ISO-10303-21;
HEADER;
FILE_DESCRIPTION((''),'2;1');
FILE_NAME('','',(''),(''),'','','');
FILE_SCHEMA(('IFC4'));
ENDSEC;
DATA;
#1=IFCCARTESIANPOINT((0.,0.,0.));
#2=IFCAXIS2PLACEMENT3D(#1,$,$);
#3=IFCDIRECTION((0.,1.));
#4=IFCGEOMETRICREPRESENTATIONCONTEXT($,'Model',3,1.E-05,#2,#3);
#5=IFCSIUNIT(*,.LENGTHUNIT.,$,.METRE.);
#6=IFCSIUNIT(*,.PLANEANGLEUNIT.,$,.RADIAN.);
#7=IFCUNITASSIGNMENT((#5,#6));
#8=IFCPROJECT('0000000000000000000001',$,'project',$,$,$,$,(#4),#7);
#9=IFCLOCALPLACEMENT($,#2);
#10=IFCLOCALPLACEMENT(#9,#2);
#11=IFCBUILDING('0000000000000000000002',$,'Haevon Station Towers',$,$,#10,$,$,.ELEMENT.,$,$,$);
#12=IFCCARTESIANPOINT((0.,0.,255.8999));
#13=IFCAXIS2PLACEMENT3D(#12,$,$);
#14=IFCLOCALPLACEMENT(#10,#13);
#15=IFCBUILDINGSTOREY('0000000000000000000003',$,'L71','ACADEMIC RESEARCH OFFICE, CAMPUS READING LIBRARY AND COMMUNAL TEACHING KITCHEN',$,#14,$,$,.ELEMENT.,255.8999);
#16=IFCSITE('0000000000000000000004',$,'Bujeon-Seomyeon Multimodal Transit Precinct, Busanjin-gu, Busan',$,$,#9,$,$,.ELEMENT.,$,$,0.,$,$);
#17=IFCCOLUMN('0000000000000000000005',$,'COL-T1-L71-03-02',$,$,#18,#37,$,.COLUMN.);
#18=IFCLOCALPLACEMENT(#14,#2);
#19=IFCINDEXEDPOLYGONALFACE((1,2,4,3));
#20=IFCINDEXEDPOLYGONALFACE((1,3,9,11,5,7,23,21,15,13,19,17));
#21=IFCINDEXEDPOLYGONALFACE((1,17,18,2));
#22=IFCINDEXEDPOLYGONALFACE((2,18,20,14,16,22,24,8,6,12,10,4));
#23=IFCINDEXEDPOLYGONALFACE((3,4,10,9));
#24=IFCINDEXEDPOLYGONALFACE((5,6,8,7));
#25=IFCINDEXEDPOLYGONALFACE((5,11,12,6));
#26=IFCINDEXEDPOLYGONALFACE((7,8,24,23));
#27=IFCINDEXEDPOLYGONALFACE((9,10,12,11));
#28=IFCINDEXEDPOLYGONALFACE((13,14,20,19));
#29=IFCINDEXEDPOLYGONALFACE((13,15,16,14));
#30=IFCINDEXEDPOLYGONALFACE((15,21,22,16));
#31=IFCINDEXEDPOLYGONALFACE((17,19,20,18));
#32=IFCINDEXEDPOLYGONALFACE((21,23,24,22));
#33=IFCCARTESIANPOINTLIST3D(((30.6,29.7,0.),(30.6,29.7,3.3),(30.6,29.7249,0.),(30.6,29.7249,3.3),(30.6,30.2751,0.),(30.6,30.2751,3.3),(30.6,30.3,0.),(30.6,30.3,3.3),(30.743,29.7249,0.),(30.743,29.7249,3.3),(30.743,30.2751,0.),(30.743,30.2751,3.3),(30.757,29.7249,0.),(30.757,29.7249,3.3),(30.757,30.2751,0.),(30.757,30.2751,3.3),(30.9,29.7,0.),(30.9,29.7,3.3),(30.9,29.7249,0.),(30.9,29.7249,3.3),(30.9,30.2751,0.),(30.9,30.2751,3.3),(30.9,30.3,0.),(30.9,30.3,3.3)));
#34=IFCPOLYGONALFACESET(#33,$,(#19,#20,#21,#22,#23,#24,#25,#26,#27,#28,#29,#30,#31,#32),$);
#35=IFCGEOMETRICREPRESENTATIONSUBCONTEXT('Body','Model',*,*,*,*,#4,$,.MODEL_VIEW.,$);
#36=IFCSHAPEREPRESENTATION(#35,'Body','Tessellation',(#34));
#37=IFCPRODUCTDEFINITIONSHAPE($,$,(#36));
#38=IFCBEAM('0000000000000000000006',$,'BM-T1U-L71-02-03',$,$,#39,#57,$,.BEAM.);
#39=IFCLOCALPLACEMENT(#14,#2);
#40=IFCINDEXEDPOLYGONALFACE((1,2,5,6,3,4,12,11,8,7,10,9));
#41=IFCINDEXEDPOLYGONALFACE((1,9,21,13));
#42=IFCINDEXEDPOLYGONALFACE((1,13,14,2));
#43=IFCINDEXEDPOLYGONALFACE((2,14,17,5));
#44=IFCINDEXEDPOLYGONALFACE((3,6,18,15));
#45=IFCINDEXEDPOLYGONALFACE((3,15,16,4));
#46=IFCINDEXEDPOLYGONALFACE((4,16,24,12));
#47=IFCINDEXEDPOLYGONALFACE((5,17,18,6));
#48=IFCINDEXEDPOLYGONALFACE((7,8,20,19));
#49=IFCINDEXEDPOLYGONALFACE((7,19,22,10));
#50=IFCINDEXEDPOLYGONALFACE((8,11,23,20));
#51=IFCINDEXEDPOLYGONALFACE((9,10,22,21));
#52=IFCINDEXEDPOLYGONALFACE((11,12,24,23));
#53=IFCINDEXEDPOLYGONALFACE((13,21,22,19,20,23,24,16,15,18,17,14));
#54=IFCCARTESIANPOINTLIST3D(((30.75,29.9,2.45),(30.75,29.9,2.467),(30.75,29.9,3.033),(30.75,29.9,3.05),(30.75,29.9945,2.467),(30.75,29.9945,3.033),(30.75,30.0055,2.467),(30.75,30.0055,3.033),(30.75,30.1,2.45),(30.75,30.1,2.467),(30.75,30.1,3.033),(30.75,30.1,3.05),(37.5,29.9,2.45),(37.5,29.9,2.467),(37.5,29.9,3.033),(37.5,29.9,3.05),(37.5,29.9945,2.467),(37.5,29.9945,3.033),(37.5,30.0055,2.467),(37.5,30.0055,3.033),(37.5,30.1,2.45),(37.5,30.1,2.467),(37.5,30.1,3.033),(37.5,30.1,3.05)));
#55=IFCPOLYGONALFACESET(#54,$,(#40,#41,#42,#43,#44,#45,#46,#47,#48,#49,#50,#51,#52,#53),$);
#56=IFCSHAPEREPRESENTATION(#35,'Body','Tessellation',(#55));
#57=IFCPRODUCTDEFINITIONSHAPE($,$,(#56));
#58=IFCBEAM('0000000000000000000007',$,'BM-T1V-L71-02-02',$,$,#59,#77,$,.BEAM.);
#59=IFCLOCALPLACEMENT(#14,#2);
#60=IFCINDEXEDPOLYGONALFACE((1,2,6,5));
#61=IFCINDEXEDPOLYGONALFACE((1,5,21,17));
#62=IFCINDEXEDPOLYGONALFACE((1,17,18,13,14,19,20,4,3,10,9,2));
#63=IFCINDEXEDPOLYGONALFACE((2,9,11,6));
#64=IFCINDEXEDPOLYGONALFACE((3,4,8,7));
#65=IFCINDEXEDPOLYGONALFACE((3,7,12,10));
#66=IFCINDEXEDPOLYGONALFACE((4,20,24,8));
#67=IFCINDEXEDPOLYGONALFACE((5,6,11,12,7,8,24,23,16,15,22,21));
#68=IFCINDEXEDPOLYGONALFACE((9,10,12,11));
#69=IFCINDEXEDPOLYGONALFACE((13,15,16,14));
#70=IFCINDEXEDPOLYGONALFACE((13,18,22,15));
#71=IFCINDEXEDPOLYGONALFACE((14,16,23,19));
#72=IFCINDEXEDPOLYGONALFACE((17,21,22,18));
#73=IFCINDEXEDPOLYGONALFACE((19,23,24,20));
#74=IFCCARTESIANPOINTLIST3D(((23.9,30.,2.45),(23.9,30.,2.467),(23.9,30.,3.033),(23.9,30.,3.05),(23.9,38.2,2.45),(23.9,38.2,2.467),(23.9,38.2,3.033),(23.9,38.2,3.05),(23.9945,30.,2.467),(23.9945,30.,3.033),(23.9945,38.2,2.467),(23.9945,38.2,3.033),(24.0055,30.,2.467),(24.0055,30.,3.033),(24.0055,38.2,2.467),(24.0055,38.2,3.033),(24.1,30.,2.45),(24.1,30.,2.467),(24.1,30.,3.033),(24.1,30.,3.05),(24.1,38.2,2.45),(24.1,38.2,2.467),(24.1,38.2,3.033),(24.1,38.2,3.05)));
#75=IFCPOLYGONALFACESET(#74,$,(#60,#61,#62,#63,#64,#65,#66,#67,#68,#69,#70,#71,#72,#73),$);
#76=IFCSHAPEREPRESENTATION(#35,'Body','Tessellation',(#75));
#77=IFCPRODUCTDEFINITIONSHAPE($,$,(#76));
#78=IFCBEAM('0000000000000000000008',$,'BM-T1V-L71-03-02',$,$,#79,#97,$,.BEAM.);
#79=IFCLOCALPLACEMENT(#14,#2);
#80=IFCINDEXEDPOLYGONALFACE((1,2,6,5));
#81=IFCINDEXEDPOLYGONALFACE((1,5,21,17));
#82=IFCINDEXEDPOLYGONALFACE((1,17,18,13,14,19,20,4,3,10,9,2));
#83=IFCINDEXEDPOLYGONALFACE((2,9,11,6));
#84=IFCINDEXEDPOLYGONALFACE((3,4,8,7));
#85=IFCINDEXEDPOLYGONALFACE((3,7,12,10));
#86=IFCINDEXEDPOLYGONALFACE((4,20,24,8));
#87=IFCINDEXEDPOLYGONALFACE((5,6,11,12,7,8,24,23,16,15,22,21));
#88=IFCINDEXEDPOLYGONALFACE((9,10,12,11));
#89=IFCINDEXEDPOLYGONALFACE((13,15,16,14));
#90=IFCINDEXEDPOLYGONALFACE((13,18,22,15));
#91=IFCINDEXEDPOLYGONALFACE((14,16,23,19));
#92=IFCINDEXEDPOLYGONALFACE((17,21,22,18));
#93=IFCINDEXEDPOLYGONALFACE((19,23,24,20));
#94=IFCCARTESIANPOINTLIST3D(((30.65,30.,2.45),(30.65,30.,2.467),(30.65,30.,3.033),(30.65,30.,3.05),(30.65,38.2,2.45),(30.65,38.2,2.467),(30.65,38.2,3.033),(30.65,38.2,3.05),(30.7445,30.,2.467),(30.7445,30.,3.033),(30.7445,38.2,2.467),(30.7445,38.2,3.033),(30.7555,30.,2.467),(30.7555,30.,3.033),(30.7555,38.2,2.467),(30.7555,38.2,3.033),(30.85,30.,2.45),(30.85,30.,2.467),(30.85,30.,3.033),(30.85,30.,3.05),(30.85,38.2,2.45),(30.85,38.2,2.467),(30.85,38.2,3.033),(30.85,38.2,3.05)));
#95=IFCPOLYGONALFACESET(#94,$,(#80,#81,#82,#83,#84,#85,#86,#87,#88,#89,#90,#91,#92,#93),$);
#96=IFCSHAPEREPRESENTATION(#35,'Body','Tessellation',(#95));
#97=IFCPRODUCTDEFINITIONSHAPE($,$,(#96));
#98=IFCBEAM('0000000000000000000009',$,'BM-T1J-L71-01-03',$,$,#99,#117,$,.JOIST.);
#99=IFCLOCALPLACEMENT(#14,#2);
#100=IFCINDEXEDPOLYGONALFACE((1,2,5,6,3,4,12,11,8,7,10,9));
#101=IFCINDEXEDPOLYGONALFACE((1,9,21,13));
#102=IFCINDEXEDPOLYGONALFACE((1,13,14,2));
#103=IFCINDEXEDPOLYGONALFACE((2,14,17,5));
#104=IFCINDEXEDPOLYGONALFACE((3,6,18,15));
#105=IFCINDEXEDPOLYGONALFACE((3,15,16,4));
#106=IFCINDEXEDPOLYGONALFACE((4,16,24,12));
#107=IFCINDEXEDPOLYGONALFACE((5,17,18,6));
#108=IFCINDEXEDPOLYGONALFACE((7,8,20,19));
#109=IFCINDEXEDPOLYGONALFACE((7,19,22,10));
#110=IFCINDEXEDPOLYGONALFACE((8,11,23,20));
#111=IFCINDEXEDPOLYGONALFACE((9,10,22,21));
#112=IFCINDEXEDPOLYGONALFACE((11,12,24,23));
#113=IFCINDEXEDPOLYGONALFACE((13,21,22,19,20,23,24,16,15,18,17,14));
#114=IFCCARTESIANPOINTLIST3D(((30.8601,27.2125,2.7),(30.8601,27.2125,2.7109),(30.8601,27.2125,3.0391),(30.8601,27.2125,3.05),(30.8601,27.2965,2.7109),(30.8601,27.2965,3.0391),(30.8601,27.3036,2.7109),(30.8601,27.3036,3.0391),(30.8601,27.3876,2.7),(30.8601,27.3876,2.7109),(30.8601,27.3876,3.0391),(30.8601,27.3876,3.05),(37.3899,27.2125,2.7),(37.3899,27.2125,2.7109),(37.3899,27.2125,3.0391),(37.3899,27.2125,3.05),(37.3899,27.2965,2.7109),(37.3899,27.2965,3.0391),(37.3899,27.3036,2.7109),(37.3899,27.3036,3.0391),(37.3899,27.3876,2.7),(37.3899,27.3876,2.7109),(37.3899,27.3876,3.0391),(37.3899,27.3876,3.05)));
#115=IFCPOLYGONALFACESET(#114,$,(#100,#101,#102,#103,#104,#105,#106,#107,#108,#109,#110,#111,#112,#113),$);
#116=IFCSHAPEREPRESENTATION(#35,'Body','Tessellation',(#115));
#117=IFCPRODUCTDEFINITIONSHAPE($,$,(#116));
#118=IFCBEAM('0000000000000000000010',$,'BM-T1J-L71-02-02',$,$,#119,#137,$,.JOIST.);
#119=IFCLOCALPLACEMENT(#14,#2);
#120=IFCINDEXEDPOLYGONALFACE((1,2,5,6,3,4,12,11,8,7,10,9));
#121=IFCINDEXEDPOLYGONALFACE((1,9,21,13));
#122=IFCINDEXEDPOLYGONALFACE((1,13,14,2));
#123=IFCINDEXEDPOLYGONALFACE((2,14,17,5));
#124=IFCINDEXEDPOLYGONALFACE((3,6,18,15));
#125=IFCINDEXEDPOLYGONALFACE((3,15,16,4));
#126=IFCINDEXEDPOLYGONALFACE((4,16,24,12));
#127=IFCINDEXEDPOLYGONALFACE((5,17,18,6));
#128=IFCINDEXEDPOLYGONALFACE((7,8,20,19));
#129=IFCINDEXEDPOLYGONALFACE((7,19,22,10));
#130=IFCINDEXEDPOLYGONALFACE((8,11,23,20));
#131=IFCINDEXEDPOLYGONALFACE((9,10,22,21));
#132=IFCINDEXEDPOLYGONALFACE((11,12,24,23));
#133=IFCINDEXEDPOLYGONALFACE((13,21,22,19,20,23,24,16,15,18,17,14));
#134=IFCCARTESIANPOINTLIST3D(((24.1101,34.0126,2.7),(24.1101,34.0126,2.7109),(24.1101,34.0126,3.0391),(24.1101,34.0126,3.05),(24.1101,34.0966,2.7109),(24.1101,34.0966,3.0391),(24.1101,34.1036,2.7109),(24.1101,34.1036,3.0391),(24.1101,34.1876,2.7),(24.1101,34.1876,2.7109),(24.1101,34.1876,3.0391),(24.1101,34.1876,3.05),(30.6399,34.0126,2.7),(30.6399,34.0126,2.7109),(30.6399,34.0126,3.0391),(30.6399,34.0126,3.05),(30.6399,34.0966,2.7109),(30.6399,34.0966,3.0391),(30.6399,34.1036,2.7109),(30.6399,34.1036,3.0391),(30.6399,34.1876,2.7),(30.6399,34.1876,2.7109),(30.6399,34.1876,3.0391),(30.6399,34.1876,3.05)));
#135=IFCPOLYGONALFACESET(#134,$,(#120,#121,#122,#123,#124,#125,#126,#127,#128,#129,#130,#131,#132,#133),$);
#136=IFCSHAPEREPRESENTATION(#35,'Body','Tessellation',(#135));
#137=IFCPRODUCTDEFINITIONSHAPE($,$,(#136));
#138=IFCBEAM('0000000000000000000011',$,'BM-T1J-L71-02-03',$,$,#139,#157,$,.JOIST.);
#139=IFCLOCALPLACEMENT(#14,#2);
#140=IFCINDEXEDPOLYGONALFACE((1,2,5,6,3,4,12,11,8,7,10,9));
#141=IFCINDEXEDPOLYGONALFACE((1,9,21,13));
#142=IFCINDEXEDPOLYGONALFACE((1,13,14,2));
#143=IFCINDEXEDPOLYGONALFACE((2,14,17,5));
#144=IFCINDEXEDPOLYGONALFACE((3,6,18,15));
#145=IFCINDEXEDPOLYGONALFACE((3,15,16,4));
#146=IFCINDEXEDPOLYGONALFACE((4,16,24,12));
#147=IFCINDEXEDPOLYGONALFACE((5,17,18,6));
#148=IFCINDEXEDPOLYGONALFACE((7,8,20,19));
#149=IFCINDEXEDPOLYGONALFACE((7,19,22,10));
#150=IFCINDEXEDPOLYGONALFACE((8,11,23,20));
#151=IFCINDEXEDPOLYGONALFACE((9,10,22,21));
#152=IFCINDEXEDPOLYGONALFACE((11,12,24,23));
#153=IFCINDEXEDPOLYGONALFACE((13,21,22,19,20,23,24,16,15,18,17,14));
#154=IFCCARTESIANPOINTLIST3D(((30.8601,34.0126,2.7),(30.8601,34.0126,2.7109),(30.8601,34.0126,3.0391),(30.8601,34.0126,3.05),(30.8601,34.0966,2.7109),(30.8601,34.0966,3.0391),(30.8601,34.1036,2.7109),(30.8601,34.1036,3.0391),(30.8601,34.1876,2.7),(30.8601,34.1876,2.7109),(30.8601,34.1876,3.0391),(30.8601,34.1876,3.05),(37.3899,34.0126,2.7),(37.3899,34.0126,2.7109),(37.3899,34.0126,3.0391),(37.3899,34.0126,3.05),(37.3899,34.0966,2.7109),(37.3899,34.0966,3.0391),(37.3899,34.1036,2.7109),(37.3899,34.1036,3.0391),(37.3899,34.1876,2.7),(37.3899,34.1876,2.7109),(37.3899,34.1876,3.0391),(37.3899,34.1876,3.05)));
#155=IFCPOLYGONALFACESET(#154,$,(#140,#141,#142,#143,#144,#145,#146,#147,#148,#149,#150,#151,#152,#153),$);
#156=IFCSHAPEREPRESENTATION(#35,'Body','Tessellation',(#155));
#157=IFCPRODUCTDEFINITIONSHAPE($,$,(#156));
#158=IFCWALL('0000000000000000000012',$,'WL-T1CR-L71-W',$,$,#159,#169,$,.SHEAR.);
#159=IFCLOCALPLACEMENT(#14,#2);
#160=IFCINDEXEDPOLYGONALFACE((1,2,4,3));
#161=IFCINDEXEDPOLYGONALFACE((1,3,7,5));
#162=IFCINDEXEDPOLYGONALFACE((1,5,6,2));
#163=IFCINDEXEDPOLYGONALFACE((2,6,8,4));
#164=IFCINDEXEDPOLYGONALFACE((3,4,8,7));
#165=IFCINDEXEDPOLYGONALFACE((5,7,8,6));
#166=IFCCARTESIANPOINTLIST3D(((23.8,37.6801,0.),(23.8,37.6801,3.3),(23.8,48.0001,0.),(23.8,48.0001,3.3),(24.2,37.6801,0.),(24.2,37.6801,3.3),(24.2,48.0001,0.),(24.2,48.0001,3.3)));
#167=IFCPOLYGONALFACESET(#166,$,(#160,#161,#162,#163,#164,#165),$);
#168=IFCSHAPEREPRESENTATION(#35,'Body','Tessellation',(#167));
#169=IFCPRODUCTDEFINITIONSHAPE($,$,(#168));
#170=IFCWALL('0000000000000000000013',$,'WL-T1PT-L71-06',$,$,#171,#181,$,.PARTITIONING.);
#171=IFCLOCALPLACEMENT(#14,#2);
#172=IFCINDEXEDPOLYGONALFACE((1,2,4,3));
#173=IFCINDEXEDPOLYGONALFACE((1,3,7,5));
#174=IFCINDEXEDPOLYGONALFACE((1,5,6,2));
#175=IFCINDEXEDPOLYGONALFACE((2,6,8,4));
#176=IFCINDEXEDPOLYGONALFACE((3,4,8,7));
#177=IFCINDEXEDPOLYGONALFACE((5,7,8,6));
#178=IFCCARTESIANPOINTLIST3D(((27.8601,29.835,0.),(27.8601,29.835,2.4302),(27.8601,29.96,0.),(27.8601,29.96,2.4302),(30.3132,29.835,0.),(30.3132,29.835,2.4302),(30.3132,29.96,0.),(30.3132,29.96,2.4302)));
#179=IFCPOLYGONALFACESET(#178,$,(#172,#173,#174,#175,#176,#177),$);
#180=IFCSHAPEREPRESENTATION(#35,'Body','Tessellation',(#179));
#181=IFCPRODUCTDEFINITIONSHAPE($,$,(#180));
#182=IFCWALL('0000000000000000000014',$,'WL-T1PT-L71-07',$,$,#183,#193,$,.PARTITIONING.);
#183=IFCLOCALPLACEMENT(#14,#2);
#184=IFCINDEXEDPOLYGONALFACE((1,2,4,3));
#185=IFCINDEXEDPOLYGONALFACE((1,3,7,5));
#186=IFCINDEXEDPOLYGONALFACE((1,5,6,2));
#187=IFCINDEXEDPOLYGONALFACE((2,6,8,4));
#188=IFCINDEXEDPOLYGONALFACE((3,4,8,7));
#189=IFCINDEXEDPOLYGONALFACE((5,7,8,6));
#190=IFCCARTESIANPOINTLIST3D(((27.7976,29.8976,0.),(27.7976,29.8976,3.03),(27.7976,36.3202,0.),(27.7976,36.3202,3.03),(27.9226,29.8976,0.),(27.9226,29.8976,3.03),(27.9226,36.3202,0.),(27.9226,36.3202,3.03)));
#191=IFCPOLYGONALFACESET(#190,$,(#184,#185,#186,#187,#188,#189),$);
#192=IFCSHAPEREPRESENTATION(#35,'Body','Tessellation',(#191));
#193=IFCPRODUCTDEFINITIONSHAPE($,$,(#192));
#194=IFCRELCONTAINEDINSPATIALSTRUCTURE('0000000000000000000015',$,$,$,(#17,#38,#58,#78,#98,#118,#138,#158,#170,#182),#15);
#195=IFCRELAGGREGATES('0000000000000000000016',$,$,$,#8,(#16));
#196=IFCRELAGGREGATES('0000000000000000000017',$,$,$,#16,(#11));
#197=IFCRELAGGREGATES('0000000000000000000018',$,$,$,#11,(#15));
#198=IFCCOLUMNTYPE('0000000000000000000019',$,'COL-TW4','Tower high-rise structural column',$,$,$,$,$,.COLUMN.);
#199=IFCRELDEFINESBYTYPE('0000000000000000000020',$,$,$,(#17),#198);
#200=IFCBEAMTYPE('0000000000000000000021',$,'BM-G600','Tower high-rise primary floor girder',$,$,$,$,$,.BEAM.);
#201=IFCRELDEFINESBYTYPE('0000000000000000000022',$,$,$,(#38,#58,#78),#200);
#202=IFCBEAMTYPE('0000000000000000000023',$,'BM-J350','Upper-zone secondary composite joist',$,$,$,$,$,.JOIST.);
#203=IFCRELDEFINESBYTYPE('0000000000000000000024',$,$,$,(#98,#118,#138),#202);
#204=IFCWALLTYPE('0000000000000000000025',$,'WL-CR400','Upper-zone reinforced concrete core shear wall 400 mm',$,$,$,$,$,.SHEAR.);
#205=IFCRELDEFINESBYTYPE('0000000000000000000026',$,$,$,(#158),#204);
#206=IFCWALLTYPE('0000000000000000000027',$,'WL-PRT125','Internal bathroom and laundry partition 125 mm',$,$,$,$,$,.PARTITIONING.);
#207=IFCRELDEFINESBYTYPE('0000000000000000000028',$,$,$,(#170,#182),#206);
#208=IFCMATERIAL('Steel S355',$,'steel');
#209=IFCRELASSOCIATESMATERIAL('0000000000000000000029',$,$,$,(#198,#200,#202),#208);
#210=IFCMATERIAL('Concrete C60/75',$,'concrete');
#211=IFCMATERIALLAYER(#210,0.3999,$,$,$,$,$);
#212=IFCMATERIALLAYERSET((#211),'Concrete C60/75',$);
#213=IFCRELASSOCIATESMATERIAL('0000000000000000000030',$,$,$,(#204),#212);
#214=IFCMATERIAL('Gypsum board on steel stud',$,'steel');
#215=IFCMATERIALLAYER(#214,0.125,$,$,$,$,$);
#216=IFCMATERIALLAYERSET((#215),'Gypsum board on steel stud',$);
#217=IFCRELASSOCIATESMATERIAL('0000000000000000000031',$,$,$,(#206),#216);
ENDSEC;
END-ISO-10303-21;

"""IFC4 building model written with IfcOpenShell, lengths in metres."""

from ifc_helpers import new_model, si_unit, direction, frame, frame_2d, origin, origin_2d, place, context, subcontext, project, spatial, rectangle, i_section, extrude, material, layer, layer_set, material_profile, profile_set, type_object, element, save


model = new_model("IFC4")

# Units and contexts
model_context = context("Model", 3, precision=1e-05, world=origin(), true_north=direction((0.0, 1.0)))
body_context = subcontext(model_context, "Body", "Model", "MODEL_VIEW")
ifc_project = project(units=[si_unit("LENGTHUNIT", "METRE"), si_unit("PLANEANGLEUNIT", "RADIAN")], contexts=[model_context])

# Site, building, storey
site_placement = place(None, origin())
site = spatial("IfcSite", under=ifc_project, at=site_placement, Name="Bujeon-Seomyeon Multimodal Transit Precinct, Busanjin-gu, Busan", CompositionType="ELEMENT", RefElevation=0.0)
building_placement = place(site_placement, origin())
building = spatial("IfcBuilding", under=site, at=building_placement, Name="Haevon Station Towers", CompositionType="ELEMENT")
storey_placement = place(building_placement, frame((0.0, 0.0, 255.8999)))
storey = spatial("IfcBuildingStorey", under=building, at=storey_placement, Name="L71", Description="ACADEMIC RESEARCH OFFICE, CAMPUS READING LIBRARY AND COMMUNAL TEACHING KITCHEN", CompositionType="ELEMENT", Elevation=255.8999)

# Column
ifc_material_1 = material(Name="Steel S355", Category="steel")
ifc_material_profile_1 = material_profile(ifc_material_1, i_section(OverallWidth=0.3, OverallDepth=0.6001, WebThickness=0.0139, FlangeThickness=0.0249, at=origin_2d()), Name="H-600x300x14x25")
ifc_profile_set_1 = profile_set([ifc_material_profile_1], Name="Steel S355")
column_type = type_object("IfcColumnType", Name="COL-TW4", Description="Tower high-rise structural column", PredefinedType="COLUMN", material=ifc_profile_set_1)
column_placement = place(storey_placement, frame((30.75, 30.0, 0.0), z_axis=(0.0, 0.0, 1.0), x_axis=(1.0, 0.0, 0.0)))
element("IfcColumn", 1, at=column_placement, inside=storey, type_object=column_type, Name="COL-T1-L71-03-02", PredefinedType="COLUMN", context=body_context, shape_type="SweptSolid", body=[
    extrude(i_section(OverallWidth=0.3, OverallDepth=0.6001, WebThickness=0.0139, FlangeThickness=0.0249, at=origin_2d()), origin(), (0.0, 0.0, 1.0), 3.3),
])

# Beams
ifc_material_profile_2 = material_profile(ifc_material_1, i_section(OverallWidth=0.2, OverallDepth=0.6001, WebThickness=0.011, FlangeThickness=0.0171, at=origin_2d()), Name="H-600x200x11x17")
ifc_profile_set_2 = profile_set([ifc_material_profile_2], Name="Steel S355")
beam_type_1 = type_object("IfcBeamType", Name="BM-G600", Description="Tower high-rise primary floor girder", PredefinedType="BEAM", material=ifc_profile_set_2)
beam_placement = place(storey_placement, frame((30.75, 30.0, 2.75), z_axis=(1.0, 0.0, 0.0), x_axis=(0.0, 1.0, 0.0)))
element("IfcBeam", 2, at=beam_placement, inside=storey, type_object=beam_type_1, Name="BM-T1U-L71-02-03", PredefinedType="BEAM", context=body_context, shape_type="SweptSolid", body=[
    extrude(i_section(OverallWidth=0.2, OverallDepth=0.6001, WebThickness=0.011, FlangeThickness=0.0171, at=origin_2d()), origin(), (0.0, 0.0, 1.0), 6.75),
])
for number, where, z_axis, x_axis, name in (
    (3, (24.0, 30.0, 2.75), (0.0, 1.0, 0.0), (-1.0, 0.0, 0.0), "BM-T1V-L71-02-02"),
    (4, (30.75, 30.0, 2.75), (0.0, 1.0, 0.0), (-1.0, 0.0, 0.0), "BM-T1V-L71-03-02"),
):
    element("IfcBeam", number, at=place(storey_placement, frame(where, z_axis=z_axis, x_axis=x_axis)), inside=storey, type_object=beam_type_1, Name=name, PredefinedType="BEAM", context=body_context, shape_type="SweptSolid", body=[
        extrude(i_section(OverallWidth=0.2, OverallDepth=0.6001, WebThickness=0.011, FlangeThickness=0.0171, at=origin_2d()), origin(), (0.0, 0.0, 1.0), 8.2),
    ])
ifc_material_profile_3 = material_profile(ifc_material_1, i_section(OverallWidth=0.175, OverallDepth=0.3501, WebThickness=0.0071, FlangeThickness=0.011, at=origin_2d()), Name="H-350x175x7x11")
ifc_profile_set_3 = profile_set([ifc_material_profile_3], Name="Steel S355")
beam_type_2 = type_object("IfcBeamType", Name="BM-J350", Description="Upper-zone secondary composite joist", PredefinedType="JOIST", material=ifc_profile_set_3)
for number, where, z_axis, x_axis, name in (
    (5, (30.8601, 27.3, 2.875), (1.0, 0.0, 0.0), (0.0, 1.0, 0.0), "BM-T1J-L71-01-03"),
    (6, (24.1101, 34.1001, 2.875), (1.0, 0.0, 0.0), (0.0, 1.0, 0.0), "BM-T1J-L71-02-02"),
    (7, (30.8601, 34.1001, 2.875), (1.0, 0.0, 0.0), (0.0, 1.0, 0.0), "BM-T1J-L71-02-03"),
):
    element("IfcBeam", number, at=place(storey_placement, frame(where, z_axis=z_axis, x_axis=x_axis)), inside=storey, type_object=beam_type_2, Name=name, PredefinedType="JOIST", context=body_context, shape_type="SweptSolid", body=[
        extrude(i_section(OverallWidth=0.175, OverallDepth=0.3501, WebThickness=0.0071, FlangeThickness=0.011, at=origin_2d()), origin(), (0.0, 0.0, 1.0), 6.5298),
    ])

# Walls
ifc_material_2 = material(Name="Concrete C60/75", Category="concrete")
ifc_layer_1 = layer(ifc_material_2, 0.3999)
ifc_layer_set_1 = layer_set([ifc_layer_1], Name="Concrete C60/75")
wall_type_1 = type_object("IfcWallType", Name="WL-CR400", Description="Upper-zone reinforced concrete core shear wall 400 mm", PredefinedType="SHEAR", material=ifc_layer_set_1)
wall_1_placement = place(storey_placement, frame((24.0, 37.6799, 0.0), z_axis=(0.0, 0.0, 1.0), x_axis=(0.0, 1.0, 0.0)))
element("IfcWall", 8, at=wall_1_placement, inside=storey, type_object=wall_type_1, Name="WL-T1CR-L71-W", PredefinedType="SHEAR", context=body_context, shape_type="SweptSolid", body=[
    extrude(rectangle(XDim=10.3201, YDim=0.3999, at=frame_2d((5.1602, 0.0))), origin(), (0.0, 0.0, 1.0), 3.3),
])
ifc_material_3 = material(Name="Gypsum board on steel stud", Category="steel")
ifc_layer_2 = layer(ifc_material_3, 0.125)
ifc_layer_set_2 = layer_set([ifc_layer_2], Name="Gypsum board on steel stud")
wall_type_2 = type_object("IfcWallType", Name="WL-PRT125", Description="Internal bathroom and laundry partition 125 mm", PredefinedType="PARTITIONING", material=ifc_layer_set_2)
wall_2_placement = place(storey_placement, frame((27.8601, 29.8975, 0.0), z_axis=(0.0, 0.0, 1.0), x_axis=(1.0, 0.0, 0.0)))
element("IfcWall", 9, at=wall_2_placement, inside=storey, type_object=wall_type_2, Name="WL-T1PT-L71-06", PredefinedType="PARTITIONING", context=body_context, shape_type="SweptSolid", body=[
    extrude(rectangle(XDim=2.4531, YDim=0.125, at=frame_2d((1.2266, 0.0))), origin(), (0.0, 0.0, 1.0), 2.4302),
])
wall_3_placement = place(storey_placement, frame((27.8601, 29.8975, 0.0), z_axis=(0.0, 0.0, 1.0), x_axis=(0.0, 1.0, 0.0)))
element("IfcWall", 10, at=wall_3_placement, inside=storey, type_object=wall_type_2, Name="WL-T1PT-L71-07", PredefinedType="PARTITIONING", context=body_context, shape_type="SweptSolid", body=[
    extrude(rectangle(XDim=6.4226, YDim=0.125, at=frame_2d((3.2114, 0.0))), origin(), (0.0, 0.0, 1.0), 3.03),
])

save(model, "model.ifc")
